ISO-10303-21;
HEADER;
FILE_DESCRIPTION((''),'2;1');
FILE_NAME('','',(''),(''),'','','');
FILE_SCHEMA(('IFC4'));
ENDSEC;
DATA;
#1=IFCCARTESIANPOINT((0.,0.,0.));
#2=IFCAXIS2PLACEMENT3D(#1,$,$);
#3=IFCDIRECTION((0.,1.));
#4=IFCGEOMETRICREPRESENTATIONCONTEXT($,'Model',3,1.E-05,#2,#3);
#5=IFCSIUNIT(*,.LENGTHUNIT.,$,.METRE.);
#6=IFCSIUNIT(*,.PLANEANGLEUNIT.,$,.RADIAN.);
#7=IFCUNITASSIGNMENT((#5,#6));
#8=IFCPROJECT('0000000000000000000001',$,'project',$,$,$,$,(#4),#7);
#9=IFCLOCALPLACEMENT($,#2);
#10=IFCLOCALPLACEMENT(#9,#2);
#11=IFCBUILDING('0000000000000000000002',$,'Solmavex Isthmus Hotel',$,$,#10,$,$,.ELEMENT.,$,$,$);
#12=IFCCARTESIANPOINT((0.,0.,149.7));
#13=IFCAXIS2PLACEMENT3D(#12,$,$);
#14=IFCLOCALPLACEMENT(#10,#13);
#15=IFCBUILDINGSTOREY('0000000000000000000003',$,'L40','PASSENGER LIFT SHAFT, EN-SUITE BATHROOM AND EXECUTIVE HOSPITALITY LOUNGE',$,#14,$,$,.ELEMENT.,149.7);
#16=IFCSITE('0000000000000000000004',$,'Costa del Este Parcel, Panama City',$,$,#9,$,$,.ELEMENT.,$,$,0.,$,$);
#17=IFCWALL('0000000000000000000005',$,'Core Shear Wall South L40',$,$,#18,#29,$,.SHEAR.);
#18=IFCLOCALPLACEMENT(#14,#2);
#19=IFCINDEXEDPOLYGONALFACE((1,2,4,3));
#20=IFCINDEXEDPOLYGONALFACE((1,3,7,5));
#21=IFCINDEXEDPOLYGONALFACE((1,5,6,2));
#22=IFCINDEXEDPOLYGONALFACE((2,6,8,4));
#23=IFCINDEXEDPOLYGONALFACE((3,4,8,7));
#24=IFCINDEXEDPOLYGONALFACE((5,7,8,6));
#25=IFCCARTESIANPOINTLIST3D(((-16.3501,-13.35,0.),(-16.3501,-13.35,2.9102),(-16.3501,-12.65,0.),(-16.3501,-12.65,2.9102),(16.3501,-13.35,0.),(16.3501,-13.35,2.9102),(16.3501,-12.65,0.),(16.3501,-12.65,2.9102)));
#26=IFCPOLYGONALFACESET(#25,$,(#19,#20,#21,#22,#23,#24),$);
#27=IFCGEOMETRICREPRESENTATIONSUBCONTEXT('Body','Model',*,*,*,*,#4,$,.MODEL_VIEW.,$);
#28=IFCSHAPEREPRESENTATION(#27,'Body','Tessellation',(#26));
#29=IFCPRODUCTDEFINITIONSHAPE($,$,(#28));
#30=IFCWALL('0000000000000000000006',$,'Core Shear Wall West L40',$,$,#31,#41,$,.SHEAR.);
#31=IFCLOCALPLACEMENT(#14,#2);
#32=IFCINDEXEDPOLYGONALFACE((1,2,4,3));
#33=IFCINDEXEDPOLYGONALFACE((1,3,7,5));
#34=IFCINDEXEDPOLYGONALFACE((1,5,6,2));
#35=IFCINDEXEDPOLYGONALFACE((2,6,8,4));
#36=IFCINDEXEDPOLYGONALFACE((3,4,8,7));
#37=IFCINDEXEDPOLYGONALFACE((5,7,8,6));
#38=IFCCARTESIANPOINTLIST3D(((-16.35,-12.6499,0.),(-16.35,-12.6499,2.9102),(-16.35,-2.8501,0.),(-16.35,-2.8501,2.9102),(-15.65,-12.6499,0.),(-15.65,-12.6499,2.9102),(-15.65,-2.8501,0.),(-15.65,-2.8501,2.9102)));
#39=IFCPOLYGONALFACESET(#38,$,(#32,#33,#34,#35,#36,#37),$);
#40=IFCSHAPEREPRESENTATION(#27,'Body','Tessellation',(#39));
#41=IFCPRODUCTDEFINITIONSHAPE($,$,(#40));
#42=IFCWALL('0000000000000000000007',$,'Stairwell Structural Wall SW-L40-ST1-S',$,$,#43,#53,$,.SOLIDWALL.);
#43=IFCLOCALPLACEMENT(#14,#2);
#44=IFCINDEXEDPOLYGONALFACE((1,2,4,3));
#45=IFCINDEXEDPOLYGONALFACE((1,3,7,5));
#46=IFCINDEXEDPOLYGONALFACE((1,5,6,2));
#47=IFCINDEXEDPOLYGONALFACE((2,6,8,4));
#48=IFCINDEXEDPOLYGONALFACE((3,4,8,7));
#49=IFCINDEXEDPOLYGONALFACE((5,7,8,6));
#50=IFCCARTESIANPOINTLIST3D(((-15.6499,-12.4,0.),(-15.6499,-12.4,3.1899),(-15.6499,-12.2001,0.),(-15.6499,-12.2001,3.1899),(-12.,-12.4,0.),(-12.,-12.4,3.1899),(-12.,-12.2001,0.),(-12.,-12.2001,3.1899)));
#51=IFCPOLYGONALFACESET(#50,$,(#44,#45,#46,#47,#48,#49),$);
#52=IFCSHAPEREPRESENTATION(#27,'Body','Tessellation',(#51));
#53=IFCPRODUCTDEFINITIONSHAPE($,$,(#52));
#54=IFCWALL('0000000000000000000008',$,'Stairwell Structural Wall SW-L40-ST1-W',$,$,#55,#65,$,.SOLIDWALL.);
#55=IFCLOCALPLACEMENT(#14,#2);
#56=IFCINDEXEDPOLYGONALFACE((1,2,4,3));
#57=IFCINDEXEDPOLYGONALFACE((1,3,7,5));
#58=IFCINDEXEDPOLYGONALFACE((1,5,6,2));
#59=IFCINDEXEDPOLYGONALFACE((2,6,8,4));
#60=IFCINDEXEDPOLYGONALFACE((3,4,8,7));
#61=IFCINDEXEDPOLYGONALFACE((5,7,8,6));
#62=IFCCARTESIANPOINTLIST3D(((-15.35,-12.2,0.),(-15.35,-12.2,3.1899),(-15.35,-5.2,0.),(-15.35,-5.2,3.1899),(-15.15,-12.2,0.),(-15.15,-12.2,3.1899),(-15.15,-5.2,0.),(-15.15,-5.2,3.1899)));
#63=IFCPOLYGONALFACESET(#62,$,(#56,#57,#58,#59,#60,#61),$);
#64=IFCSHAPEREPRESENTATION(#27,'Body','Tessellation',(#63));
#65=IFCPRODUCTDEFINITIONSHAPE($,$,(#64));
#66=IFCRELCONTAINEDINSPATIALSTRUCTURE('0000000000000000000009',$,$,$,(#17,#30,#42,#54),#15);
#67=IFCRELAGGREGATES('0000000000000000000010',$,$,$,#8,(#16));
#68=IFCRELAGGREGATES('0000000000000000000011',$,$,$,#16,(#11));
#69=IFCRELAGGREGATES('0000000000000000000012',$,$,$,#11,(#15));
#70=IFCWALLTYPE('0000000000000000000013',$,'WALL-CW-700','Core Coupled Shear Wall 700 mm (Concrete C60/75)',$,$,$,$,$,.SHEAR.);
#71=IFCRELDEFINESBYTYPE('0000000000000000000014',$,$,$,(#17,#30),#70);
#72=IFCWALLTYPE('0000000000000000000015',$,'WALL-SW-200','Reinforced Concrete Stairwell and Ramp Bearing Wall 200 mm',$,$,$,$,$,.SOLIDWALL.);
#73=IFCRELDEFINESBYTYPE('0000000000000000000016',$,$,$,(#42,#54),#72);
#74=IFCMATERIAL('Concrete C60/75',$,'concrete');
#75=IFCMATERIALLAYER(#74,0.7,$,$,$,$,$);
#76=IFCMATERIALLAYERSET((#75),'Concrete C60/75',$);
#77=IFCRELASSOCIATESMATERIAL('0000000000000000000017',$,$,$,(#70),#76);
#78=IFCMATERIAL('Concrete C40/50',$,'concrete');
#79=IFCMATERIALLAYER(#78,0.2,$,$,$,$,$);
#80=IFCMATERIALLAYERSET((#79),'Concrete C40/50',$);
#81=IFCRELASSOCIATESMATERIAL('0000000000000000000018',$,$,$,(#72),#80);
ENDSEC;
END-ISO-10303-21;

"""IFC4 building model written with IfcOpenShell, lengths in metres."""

from ifc_helpers import new_model, si_unit, direction, frame, frame_2d, origin, place, context, subcontext, project, spatial, rectangle, extrude, material, layer, layer_set, type_object, element, save


model = new_model("IFC4")

# Units and contexts
model_context = context("Model", 3, precision=1e-05, world=origin(), true_north=direction((0.0, 1.0)))
body_context = subcontext(model_context, "Body", "Model", "MODEL_VIEW")
ifc_project = project(units=[si_unit("LENGTHUNIT", "METRE"), si_unit("PLANEANGLEUNIT", "RADIAN")], contexts=[model_context])

# Site, building, storey
site_placement = place(None, origin())
site = spatial("IfcSite", under=ifc_project, at=site_placement, Name="Costa del Este Parcel, Panama City", CompositionType="ELEMENT", RefElevation=0.0)
building_placement = place(site_placement, origin())
building = spatial("IfcBuilding", under=site, at=building_placement, Name="Solmavex Isthmus Hotel", CompositionType="ELEMENT")
storey_placement = place(building_placement, frame((0.0, 0.0, 149.7)))
storey = spatial("IfcBuildingStorey", under=building, at=storey_placement, Name="L40", Description="PASSENGER LIFT SHAFT, EN-SUITE BATHROOM AND EXECUTIVE HOSPITALITY LOUNGE", CompositionType="ELEMENT", Elevation=149.7)

# Shared definitions
ifc_material_1 = material(Name="Concrete C60/75", Category="concrete")

# Walls
ifc_layer_1 = layer(ifc_material_1, 0.7)
ifc_layer_set_1 = layer_set([ifc_layer_1], Name="Concrete C60/75")
wall_type_1 = type_object("IfcWallType", Name="WALL-CW-700", Description="Core Coupled Shear Wall 700 mm (Concrete C60/75)", PredefinedType="SHEAR", material=ifc_layer_set_1)
wall_1_placement = place(storey_placement, frame((-16.3501, -13.0, 0.0), z_axis=(0.0, 0.0, 1.0), x_axis=(1.0, 0.0, 0.0)))
element("IfcWall", 1, at=wall_1_placement, inside=storey, type_object=wall_type_1, Name="Core Shear Wall South L40", PredefinedType="SHEAR", context=body_context, shape_type="SweptSolid", body=[
    extrude(rectangle(XDim=32.7002, YDim=0.7, at=frame_2d((16.3501, 0.0))), origin(), (0.0, 0.0, 1.0), 2.9102),
])
wall_2_placement = place(storey_placement, frame((-16.0, -12.6499, 0.0), z_axis=(0.0, 0.0, 1.0), x_axis=(0.0, 1.0, 0.0)))
element("IfcWall", 2, at=wall_2_placement, inside=storey, type_object=wall_type_1, Name="Core Shear Wall West L40", PredefinedType="SHEAR", context=body_context, shape_type="SweptSolid", body=[
    extrude(rectangle(XDim=9.7998, YDim=0.7, at=frame_2d((4.8999, 0.0))), origin(), (0.0, 0.0, 1.0), 2.9102),
])
ifc_material_2 = material(Name="Concrete C40/50", Category="concrete")
ifc_layer_2 = layer(ifc_material_2, 0.2)
ifc_layer_set_2 = layer_set([ifc_layer_2], Name="Concrete C40/50")
wall_type_2 = type_object("IfcWallType", Name="WALL-SW-200", Description="Reinforced Concrete Stairwell and Ramp Bearing Wall 200 mm", PredefinedType="SOLIDWALL", material=ifc_layer_set_2)
wall_3_placement = place(storey_placement, frame((-15.6499, -12.3, 0.0), z_axis=(0.0, 0.0, 1.0), x_axis=(1.0, 0.0, 0.0)))
element("IfcWall", 3, at=wall_3_placement, inside=storey, type_object=wall_type_2, Name="Stairwell Structural Wall SW-L40-ST1-S", PredefinedType="SOLIDWALL", context=body_context, shape_type="SweptSolid", body=[
    extrude(rectangle(XDim=3.6499, YDim=0.2, at=frame_2d((1.825, 0.0))), origin(), (0.0, 0.0, 1.0), 3.1899),
])
wall_4_placement = place(storey_placement, frame((-15.25, -12.2, 0.0), z_axis=(0.0, 0.0, 1.0), x_axis=(0.0, 1.0, 0.0)))
element("IfcWall", 4, at=wall_4_placement, inside=storey, type_object=wall_type_2, Name="Stairwell Structural Wall SW-L40-ST1-W", PredefinedType="SOLIDWALL", context=body_context, shape_type="SweptSolid", body=[
    extrude(rectangle(XDim=7.0, YDim=0.2, at=frame_2d((3.5, 0.0))), origin(), (0.0, 0.0, 1.0), 3.1899),
])

save(model, "model.ifc")
